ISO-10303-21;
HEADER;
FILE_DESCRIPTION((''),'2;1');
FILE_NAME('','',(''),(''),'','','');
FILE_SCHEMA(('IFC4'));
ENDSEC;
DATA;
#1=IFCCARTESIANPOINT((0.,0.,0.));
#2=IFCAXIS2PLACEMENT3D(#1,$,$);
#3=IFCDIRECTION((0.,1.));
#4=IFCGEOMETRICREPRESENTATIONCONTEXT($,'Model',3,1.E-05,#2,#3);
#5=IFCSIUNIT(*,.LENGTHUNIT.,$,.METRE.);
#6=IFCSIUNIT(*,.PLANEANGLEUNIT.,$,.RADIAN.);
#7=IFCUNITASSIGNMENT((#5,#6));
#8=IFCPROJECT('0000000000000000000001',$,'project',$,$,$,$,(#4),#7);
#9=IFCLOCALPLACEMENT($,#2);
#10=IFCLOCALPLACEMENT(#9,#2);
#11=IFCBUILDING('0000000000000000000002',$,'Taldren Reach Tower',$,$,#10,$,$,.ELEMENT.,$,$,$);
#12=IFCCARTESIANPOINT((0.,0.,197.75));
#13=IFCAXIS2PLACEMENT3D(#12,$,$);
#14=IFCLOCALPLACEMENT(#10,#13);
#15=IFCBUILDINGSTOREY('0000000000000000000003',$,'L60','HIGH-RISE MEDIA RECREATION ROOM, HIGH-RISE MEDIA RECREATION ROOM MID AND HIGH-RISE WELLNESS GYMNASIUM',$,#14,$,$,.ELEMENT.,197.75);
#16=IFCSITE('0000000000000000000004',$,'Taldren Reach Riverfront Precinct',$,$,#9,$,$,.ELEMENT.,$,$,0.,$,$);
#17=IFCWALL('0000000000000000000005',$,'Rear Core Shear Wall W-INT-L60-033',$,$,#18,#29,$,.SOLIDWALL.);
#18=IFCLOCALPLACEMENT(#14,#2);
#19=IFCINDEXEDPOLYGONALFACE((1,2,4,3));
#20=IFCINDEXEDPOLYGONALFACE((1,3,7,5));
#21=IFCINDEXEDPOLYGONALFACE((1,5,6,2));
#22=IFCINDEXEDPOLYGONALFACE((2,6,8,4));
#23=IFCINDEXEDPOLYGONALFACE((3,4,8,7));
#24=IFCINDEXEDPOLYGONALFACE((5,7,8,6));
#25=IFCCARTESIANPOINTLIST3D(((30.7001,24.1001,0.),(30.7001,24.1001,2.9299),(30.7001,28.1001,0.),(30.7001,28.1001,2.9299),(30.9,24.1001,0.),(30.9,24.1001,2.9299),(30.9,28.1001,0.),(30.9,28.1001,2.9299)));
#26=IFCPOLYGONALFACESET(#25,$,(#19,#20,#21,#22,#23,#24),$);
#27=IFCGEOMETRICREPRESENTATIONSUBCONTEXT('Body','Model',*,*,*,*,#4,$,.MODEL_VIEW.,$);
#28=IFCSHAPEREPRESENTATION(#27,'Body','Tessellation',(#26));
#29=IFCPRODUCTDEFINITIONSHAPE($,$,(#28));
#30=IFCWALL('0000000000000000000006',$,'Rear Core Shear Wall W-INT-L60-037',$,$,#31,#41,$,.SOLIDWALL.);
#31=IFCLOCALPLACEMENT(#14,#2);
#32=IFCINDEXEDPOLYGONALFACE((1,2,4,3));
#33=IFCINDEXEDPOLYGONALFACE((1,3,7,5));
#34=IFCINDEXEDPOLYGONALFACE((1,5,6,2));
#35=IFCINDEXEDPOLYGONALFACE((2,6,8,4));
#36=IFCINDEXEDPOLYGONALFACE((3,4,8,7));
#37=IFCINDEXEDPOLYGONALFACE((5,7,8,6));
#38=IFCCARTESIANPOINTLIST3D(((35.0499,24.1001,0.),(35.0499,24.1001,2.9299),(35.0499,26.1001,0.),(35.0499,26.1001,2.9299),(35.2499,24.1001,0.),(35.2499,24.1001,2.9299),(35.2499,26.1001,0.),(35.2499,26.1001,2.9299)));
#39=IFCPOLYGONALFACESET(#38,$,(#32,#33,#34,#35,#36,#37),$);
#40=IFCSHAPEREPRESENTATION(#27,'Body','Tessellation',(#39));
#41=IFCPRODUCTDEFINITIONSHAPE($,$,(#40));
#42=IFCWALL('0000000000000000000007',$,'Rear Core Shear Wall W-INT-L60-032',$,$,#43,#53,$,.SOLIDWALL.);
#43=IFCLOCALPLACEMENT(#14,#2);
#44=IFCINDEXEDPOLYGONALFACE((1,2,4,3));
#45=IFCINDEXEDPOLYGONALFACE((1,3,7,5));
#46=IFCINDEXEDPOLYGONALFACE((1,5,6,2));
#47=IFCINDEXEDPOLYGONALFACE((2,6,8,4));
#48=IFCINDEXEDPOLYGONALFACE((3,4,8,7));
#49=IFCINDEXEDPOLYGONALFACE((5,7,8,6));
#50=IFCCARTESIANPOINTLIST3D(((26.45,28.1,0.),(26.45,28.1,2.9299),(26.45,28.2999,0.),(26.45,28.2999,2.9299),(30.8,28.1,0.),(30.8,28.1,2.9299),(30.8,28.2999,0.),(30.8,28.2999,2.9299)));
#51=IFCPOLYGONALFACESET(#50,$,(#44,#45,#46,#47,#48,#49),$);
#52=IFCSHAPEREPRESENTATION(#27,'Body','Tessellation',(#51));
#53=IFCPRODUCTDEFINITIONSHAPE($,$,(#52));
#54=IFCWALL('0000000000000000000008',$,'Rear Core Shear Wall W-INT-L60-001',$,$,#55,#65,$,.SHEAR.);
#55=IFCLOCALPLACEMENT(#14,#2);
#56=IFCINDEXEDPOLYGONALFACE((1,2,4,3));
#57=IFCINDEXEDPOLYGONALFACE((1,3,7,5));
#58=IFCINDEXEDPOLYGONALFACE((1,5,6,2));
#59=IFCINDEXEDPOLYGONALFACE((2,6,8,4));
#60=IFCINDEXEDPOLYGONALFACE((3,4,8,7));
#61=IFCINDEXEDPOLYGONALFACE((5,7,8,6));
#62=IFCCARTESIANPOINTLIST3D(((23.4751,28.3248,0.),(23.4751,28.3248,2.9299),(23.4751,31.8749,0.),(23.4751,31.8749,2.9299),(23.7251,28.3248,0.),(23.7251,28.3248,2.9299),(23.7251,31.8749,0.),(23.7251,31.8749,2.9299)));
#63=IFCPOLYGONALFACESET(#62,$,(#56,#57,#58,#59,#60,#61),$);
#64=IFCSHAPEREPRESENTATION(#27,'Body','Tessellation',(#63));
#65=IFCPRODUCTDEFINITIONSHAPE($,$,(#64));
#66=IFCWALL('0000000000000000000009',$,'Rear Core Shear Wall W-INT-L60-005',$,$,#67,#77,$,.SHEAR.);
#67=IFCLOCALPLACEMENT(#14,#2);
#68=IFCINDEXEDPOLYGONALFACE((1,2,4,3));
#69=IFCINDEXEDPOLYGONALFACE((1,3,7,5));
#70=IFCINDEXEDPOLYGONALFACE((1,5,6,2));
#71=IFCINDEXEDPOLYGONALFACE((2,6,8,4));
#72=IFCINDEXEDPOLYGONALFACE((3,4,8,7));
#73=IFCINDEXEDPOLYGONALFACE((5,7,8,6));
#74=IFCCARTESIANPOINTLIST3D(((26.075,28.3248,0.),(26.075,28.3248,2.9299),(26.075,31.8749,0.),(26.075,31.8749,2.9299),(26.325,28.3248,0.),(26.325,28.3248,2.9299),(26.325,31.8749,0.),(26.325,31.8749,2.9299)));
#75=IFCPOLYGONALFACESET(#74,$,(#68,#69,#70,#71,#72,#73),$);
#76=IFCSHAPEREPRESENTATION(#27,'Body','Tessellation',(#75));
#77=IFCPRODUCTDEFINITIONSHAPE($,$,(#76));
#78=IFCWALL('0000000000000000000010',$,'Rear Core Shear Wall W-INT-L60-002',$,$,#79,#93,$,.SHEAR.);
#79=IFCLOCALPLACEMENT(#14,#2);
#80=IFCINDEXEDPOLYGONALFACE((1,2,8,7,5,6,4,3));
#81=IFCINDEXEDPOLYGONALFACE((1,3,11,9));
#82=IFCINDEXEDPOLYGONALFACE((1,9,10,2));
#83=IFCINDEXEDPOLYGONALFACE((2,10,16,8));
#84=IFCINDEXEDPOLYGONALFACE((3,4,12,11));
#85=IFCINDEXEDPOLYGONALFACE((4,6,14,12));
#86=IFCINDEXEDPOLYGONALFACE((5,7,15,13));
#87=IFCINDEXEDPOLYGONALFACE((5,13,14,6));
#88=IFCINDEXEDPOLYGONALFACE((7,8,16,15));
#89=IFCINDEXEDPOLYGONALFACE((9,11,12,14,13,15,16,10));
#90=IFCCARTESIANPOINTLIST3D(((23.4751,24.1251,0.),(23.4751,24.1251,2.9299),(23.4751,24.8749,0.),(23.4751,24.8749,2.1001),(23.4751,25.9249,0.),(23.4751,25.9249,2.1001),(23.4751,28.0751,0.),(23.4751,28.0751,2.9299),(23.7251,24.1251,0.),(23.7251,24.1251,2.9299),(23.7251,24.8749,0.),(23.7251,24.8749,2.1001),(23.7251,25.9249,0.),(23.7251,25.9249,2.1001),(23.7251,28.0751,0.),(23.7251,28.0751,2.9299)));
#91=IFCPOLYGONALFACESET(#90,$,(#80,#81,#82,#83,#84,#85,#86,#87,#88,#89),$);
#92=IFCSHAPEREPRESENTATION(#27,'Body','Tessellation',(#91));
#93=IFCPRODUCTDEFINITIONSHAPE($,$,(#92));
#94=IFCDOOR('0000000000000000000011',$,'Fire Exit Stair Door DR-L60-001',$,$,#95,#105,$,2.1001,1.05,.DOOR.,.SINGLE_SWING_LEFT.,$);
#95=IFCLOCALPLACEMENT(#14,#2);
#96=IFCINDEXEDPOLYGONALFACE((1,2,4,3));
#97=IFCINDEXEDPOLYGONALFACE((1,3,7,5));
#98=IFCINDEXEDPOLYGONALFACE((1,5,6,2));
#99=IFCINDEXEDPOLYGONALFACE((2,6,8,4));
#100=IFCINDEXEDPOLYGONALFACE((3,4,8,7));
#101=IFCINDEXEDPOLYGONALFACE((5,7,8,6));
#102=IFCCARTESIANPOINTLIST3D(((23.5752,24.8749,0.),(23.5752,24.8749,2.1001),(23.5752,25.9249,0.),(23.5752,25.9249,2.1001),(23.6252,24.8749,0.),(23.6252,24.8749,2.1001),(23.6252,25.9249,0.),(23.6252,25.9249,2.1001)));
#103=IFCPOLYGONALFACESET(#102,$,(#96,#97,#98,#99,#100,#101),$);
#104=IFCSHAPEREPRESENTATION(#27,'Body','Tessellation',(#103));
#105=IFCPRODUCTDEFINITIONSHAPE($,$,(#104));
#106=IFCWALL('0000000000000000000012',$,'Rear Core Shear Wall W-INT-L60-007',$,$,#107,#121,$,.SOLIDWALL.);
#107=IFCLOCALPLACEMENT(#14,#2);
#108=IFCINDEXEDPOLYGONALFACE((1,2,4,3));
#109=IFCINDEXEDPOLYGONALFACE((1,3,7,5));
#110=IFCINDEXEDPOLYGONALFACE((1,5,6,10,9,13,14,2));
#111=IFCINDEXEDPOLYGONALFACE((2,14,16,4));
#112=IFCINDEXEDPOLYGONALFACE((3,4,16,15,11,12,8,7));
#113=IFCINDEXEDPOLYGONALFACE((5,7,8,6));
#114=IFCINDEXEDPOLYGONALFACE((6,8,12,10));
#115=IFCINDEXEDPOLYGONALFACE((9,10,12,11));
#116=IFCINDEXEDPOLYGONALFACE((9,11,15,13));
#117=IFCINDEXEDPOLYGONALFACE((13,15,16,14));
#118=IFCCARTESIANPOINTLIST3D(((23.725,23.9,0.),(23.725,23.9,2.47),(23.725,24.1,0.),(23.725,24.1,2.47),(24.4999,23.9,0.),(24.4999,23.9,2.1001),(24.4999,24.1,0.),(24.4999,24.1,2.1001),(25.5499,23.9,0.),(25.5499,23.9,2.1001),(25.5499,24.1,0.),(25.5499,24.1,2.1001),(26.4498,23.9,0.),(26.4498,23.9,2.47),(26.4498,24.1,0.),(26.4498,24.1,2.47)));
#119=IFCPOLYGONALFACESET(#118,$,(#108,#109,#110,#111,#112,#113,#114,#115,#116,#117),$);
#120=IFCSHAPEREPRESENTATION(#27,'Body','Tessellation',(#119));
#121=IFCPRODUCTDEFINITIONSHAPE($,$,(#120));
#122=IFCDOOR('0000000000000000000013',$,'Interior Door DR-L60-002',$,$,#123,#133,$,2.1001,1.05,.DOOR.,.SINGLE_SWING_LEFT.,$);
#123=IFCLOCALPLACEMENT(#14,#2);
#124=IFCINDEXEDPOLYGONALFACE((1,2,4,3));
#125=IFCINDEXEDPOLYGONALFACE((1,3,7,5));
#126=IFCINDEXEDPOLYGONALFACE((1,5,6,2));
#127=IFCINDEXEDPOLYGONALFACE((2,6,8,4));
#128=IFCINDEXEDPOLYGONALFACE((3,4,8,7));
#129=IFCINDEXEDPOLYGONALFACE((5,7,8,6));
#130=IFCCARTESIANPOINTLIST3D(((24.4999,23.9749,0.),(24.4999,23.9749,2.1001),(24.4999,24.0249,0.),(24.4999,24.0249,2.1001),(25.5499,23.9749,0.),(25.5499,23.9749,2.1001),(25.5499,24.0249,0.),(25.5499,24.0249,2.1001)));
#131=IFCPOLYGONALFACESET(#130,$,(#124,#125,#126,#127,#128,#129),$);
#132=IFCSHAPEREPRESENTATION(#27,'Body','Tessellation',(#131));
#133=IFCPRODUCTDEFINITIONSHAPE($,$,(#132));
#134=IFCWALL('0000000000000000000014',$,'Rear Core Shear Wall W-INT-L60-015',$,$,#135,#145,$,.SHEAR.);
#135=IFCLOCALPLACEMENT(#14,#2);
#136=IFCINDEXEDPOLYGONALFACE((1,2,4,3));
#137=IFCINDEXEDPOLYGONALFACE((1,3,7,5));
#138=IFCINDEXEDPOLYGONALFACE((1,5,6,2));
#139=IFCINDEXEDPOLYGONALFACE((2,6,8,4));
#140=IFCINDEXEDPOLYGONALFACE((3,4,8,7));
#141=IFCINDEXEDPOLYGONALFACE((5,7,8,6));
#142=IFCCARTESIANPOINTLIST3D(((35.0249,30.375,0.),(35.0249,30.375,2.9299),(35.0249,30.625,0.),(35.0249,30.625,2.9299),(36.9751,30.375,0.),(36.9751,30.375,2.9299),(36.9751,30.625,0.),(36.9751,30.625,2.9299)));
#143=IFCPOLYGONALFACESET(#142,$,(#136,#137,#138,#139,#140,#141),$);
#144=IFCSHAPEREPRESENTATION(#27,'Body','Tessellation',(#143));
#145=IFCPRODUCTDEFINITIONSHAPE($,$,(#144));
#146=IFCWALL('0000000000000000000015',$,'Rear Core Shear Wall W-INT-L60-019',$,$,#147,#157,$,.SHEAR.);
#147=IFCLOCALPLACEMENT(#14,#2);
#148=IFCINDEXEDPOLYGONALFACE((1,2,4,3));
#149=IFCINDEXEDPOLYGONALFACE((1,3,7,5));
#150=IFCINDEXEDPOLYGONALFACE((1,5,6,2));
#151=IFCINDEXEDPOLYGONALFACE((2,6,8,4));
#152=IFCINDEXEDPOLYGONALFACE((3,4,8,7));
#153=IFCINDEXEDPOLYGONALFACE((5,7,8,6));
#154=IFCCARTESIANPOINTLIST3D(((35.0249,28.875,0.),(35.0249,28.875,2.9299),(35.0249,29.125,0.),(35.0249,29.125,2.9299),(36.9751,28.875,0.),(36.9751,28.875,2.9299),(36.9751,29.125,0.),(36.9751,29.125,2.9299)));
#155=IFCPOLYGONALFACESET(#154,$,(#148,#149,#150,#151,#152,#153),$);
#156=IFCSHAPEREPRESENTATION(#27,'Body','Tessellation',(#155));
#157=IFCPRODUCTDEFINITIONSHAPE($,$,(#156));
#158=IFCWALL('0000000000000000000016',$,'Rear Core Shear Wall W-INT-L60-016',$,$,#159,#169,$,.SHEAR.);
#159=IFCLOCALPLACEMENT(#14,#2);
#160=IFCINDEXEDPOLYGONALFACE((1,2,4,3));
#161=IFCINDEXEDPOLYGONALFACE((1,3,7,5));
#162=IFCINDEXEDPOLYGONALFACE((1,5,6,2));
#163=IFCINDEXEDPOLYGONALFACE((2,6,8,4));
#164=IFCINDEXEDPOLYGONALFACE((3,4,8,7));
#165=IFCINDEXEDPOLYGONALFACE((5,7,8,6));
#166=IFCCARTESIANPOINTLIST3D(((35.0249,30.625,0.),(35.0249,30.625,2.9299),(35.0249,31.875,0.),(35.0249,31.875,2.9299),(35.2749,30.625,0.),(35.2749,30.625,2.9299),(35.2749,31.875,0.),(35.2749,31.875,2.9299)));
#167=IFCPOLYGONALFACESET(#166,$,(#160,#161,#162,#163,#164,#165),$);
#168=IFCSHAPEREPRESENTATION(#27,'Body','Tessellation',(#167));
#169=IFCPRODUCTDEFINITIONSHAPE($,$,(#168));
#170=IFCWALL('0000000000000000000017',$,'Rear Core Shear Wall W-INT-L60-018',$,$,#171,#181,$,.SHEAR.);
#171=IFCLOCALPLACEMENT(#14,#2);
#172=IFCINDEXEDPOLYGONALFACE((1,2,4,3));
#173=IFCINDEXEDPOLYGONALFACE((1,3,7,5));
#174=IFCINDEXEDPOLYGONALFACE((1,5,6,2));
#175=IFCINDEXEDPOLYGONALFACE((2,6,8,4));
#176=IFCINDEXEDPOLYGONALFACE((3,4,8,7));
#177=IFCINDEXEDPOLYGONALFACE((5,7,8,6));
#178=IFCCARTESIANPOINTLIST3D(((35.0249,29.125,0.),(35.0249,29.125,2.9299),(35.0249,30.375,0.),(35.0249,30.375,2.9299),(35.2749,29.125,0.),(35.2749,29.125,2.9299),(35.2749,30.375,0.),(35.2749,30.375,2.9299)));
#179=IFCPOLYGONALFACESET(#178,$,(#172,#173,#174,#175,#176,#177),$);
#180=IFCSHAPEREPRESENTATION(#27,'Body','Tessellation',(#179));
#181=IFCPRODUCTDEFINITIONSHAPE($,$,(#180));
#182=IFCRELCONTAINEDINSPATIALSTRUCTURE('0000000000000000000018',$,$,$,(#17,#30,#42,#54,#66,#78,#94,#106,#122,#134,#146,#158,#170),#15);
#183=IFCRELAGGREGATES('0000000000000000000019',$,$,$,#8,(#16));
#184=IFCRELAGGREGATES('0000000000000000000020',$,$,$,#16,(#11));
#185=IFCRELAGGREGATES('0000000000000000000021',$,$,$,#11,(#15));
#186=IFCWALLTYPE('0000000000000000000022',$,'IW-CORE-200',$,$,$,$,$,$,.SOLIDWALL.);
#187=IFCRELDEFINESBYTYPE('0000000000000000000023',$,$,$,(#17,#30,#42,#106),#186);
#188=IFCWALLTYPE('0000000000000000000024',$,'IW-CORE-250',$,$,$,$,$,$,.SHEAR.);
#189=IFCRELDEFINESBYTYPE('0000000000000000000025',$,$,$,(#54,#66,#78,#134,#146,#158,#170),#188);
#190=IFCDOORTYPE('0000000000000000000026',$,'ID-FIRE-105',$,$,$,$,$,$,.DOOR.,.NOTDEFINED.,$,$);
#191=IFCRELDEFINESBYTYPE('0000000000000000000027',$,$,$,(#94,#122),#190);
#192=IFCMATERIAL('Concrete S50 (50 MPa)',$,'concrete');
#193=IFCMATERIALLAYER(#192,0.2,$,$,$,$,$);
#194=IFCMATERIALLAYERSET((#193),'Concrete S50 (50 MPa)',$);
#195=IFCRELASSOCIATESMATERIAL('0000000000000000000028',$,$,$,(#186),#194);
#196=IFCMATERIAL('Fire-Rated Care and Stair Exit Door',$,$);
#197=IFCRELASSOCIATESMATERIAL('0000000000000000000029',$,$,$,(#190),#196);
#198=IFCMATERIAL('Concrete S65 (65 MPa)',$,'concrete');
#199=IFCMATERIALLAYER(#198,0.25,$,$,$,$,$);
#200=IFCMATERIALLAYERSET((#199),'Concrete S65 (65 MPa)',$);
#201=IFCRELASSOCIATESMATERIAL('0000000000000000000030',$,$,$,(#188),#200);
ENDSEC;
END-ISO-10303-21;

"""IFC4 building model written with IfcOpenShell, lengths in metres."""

from ifc_helpers import new_model, si_unit, direction, frame, frame_2d, origin, place, context, subcontext, project, spatial, rectangle, extrude, source, transform, mapped, material, layer, layer_set, type_object, element, fill, save


model = new_model("IFC4")

# Units and contexts
model_context = context("Model", 3, precision=1e-05, world=origin(), true_north=direction((0.0, 1.0)))
body_context = subcontext(model_context, "Body", "Model", "MODEL_VIEW")
ifc_project = project(units=[si_unit("LENGTHUNIT", "METRE"), si_unit("PLANEANGLEUNIT", "RADIAN")], contexts=[model_context])

# Site, building, storey
site_placement = place(None, origin())
site = spatial("IfcSite", under=ifc_project, at=site_placement, Name="Taldren Reach Riverfront Precinct", CompositionType="ELEMENT", RefElevation=0.0)
building_placement = place(site_placement, origin())
building = spatial("IfcBuilding", under=site, at=building_placement, Name="Taldren Reach Tower", CompositionType="ELEMENT")
storey_placement = place(building_placement, frame((0.0, 0.0, 197.75)))
storey = spatial("IfcBuildingStorey", under=building, at=storey_placement, Name="L60", Description="HIGH-RISE MEDIA RECREATION ROOM, HIGH-RISE MEDIA RECREATION ROOM MID AND HIGH-RISE WELLNESS GYMNASIUM", CompositionType="ELEMENT", Elevation=197.75)

# Shared definitions
ifc_material_1 = material(Name="Concrete S50 (50 MPa)", Category="concrete")
ifc_layer_1 = layer(ifc_material_1, 0.2)
ifc_layer_set_1 = layer_set([ifc_layer_1], Name="Concrete S50 (50 MPa)")
wall_type_1 = type_object("IfcWallType", Name="IW-CORE-200", PredefinedType="SOLIDWALL", material=ifc_layer_set_1)
shared_shape_1 = source(origin(), body_context, "Body", "SweptSolid", [
    extrude(rectangle(XDim=1.05, YDim=2.1001, at=frame_2d((0.5249, 1.05))), frame((0.0, 0.1099, 0.0), z_axis=(0.0, -1.0, 0.0), x_axis=(1.0, 0.0, 0.0)), (0.0, 0.0, 1.0), 0.22),
])
ifc_material_2 = material(Name="Fire-Rated Care and Stair Exit Door")
door_type_1 = type_object("IfcDoorType", Name="ID-FIRE-105", OperationType="NOTDEFINED", PredefinedType="DOOR", material=ifc_material_2)
shared_shape_2 = source(origin(), body_context, "Body", "SweptSolid", [
    extrude(rectangle(XDim=1.05, YDim=2.1001, at=frame_2d((0.5249, 1.05))), frame((0.0, 0.0249, 0.0), z_axis=(0.0, -1.0, 0.0), x_axis=(1.0, 0.0, 0.0)), (0.0, 0.0, 1.0), 0.05),
])

# Walls
shared_shape_3 = source(origin(), body_context, "Body", "SweptSolid", [
    extrude(rectangle(XDim=4.0, YDim=0.2, at=frame_2d((2.0, 0.0))), origin(), (0.0, 0.0, 1.0), 2.9299),
])
for number, where, z_axis, x_axis, name in (
    (1, (30.8, 28.1001, 0.0), (0.0, 0.0, 1.0), (0.0, -1.0, 0.0), "Rear Core Shear Wall W-INT-L60-033"),
):
    element("IfcWall", number, at=place(storey_placement, frame(where, z_axis=z_axis, x_axis=x_axis)), inside=storey, type_object=wall_type_1, Name=name, PredefinedType="SOLIDWALL", context=body_context, shape_type="MappedRepresentation", body=[
        mapped(shared_shape_3, transform((0.0, 0.0, 0.0), scale=1.0)),
    ])
shared_shape_4 = source(origin(), body_context, "Body", "SweptSolid", [
    extrude(rectangle(XDim=2.0, YDim=0.2, at=frame_2d((1.0, 0.0))), origin(), (0.0, 0.0, 1.0), 2.9299),
])
wall_1_placement = place(storey_placement, frame((35.1499, 26.1001, 0.0), z_axis=(0.0, 0.0, 1.0), x_axis=(0.0, -1.0, 0.0)))
element("IfcWall", 2, at=wall_1_placement, inside=storey, type_object=wall_type_1, Name="Rear Core Shear Wall W-INT-L60-037", PredefinedType="SOLIDWALL", context=body_context, shape_type="MappedRepresentation", body=[
    mapped(shared_shape_4, transform((0.0, 0.0, 0.0), scale=1.0)),
])
shared_shape_5 = source(origin(), body_context, "Body", "SweptSolid", [
    extrude(rectangle(XDim=4.3501, YDim=0.2, at=frame_2d((2.175, 0.0))), origin(), (0.0, 0.0, 1.0), 2.9299),
])
wall_2_placement = place(storey_placement, frame((26.45, 28.2, 0.0), z_axis=(0.0, 0.0, 1.0), x_axis=(1.0, 0.0, 0.0)))
element("IfcWall", 3, at=wall_2_placement, inside=storey, type_object=wall_type_1, Name="Rear Core Shear Wall W-INT-L60-032", PredefinedType="SOLIDWALL", context=body_context, shape_type="MappedRepresentation", body=[
    mapped(shared_shape_5, transform((0.0, 0.0, 0.0), scale=1.0)),
])
ifc_material_3 = material(Name="Concrete S65 (65 MPa)", Category="concrete")
ifc_layer_2 = layer(ifc_material_3, 0.25)
ifc_layer_set_2 = layer_set([ifc_layer_2], Name="Concrete S65 (65 MPa)")
wall_type_2 = type_object("IfcWallType", Name="IW-CORE-250", PredefinedType="SHEAR", material=ifc_layer_set_2)
shared_shape_6 = source(origin(), body_context, "Body", "SweptSolid", [
    extrude(rectangle(XDim=3.55, YDim=0.25, at=frame_2d((1.7749, 0.0))), origin(), (0.0, 0.0, 1.0), 2.9299),
])
for number, where, z_axis, x_axis, name in (
    (4, (23.6001, 28.325, 0.0), (0.0, 0.0, 1.0), (0.0, 1.0, 0.0), "Rear Core Shear Wall W-INT-L60-001"),
    (5, (26.2, 28.325, 0.0), (0.0, 0.0, 1.0), (0.0, 1.0, 0.0), "Rear Core Shear Wall W-INT-L60-005"),
):
    element("IfcWall", number, at=place(storey_placement, frame(where, z_axis=z_axis, x_axis=x_axis)), inside=storey, type_object=wall_type_2, Name=name, PredefinedType="SHEAR", context=body_context, shape_type="MappedRepresentation", body=[
        mapped(shared_shape_6, transform((0.0, 0.0, 0.0), scale=1.0)),
    ])

# Walls, openings, doors
shared_shape_7 = source(origin(), body_context, "Body", "SweptSolid", [
    extrude(rectangle(XDim=3.95, YDim=0.25, at=frame_2d((1.9751, 0.0))), origin(), (0.0, 0.0, 1.0), 2.9299),
])
wall_3_placement = place(storey_placement, frame((23.6001, 24.125, 0.0), z_axis=(0.0, 0.0, 1.0), x_axis=(0.0, 1.0, 0.0)))
wall_3 = element("IfcWall", 6, at=wall_3_placement, inside=storey, type_object=wall_type_2, Name="Rear Core Shear Wall W-INT-L60-002", PredefinedType="SHEAR", context=body_context, shape_type="MappedRepresentation", body=[
    mapped(shared_shape_7, transform((0.0, 0.0, 0.0), scale=1.0)),
])
shared_shape_8 = source(origin(), body_context, "Body", "SweptSolid", [
    extrude(rectangle(XDim=1.05, YDim=2.1001, at=frame_2d((0.5249, 1.05))), frame((0.0, 0.135, 0.0), z_axis=(0.0, -1.0, 0.0), x_axis=(1.0, 0.0, 0.0)), (0.0, 0.0, 1.0), 0.27),
])
opening_1_placement = place(wall_3_placement, frame((0.75, 0.0, 0.0)))
opening_1 = element("IfcOpeningElement", 7, at=opening_1_placement, cuts=wall_3, PredefinedType="OPENING", context=body_context, shape_type="MappedRepresentation", body=[
    mapped(shared_shape_8, transform((0.0, 0.0, 0.0), scale=1.0)),
])
door_1_placement = place(opening_1_placement, origin())
door_1 = element("IfcDoor", 8, at=door_1_placement, inside=storey, type_object=door_type_1, Name="Fire Exit Stair Door DR-L60-001", OperationType="SINGLE_SWING_LEFT", OverallHeight=2.1001, OverallWidth=1.05, PredefinedType="DOOR", context=body_context, shape_type="MappedRepresentation", body=[
    mapped(shared_shape_2, transform((0.0, 0.0, 0.0), scale=1.0)),
])
fill(opening_1, door_1)
shared_shape_9 = source(origin(), body_context, "Body", "SweptSolid", [
    extrude(rectangle(XDim=2.7249, YDim=0.2, at=frame_2d((1.3623, 0.0))), origin(), (0.0, 0.0, 1.0), 2.47),
])
wall_4_placement = place(storey_placement, frame((23.7251, 24.0, 0.0), z_axis=(0.0, 0.0, 1.0), x_axis=(1.0, 0.0, 0.0)))
wall_4 = element("IfcWall", 9, at=wall_4_placement, inside=storey, type_object=wall_type_1, Name="Rear Core Shear Wall W-INT-L60-007", PredefinedType="SOLIDWALL", context=body_context, shape_type="MappedRepresentation", body=[
    mapped(shared_shape_9, transform((0.0, 0.0, 0.0), scale=1.0)),
])
opening_2_placement = place(wall_4_placement, frame((0.7749, 0.0, 0.0)))
opening_2 = element("IfcOpeningElement", 10, at=opening_2_placement, cuts=wall_4, PredefinedType="OPENING", context=body_context, shape_type="MappedRepresentation", body=[
    mapped(shared_shape_1, transform((0.0, 0.0, 0.0), scale=1.0)),
])
door_2_placement = place(opening_2_placement, origin())
door_2 = element("IfcDoor", 11, at=door_2_placement, inside=storey, type_object=door_type_1, Name="Interior Door DR-L60-002", OperationType="SINGLE_SWING_LEFT", OverallHeight=2.1001, OverallWidth=1.05, PredefinedType="DOOR", context=body_context, shape_type="MappedRepresentation", body=[
    mapped(shared_shape_2, transform((0.0, 0.0, 0.0), scale=1.0)),
])
fill(opening_2, door_2)

# Walls
shared_shape_10 = source(origin(), body_context, "Body", "SweptSolid", [
    extrude(rectangle(XDim=1.9502, YDim=0.25, at=frame_2d((0.9751, 0.0))), origin(), (0.0, 0.0, 1.0), 2.9299),
])
for number, where, z_axis, x_axis, name in (
    (12, (35.0249, 30.5, 0.0), (0.0, 0.0, 1.0), (1.0, 0.0, 0.0), "Rear Core Shear Wall W-INT-L60-015"),
    (13, (35.0249, 29.0, 0.0), (0.0, 0.0, 1.0), (1.0, 0.0, 0.0), "Rear Core Shear Wall W-INT-L60-019"),
):
    element("IfcWall", number, at=place(storey_placement, frame(where, z_axis=z_axis, x_axis=x_axis)), inside=storey, type_object=wall_type_2, Name=name, PredefinedType="SHEAR", context=body_context, shape_type="MappedRepresentation", body=[
        mapped(shared_shape_10, transform((0.0, 0.0, 0.0), scale=1.0)),
    ])
shared_shape_11 = source(origin(), body_context, "Body", "SweptSolid", [
    extrude(rectangle(XDim=1.25, YDim=0.25, at=frame_2d((0.625, 0.0))), origin(), (0.0, 0.0, 1.0), 2.9299),
])
for number, where, z_axis, x_axis, name in (
    (14, (35.1499, 31.875, 0.0), (0.0, 0.0, 1.0), (0.0, -1.0, 0.0), "Rear Core Shear Wall W-INT-L60-016"),
    (15, (35.1499, 30.375, 0.0), (0.0, 0.0, 1.0), (0.0, -1.0, 0.0), "Rear Core Shear Wall W-INT-L60-018"),
):
    element("IfcWall", number, at=place(storey_placement, frame(where, z_axis=z_axis, x_axis=x_axis)), inside=storey, type_object=wall_type_2, Name=name, PredefinedType="SHEAR", context=body_context, shape_type="MappedRepresentation", body=[
        mapped(shared_shape_11, transform((0.0, 0.0, 0.0), scale=1.0)),
    ])

save(model, "model.ifc")
